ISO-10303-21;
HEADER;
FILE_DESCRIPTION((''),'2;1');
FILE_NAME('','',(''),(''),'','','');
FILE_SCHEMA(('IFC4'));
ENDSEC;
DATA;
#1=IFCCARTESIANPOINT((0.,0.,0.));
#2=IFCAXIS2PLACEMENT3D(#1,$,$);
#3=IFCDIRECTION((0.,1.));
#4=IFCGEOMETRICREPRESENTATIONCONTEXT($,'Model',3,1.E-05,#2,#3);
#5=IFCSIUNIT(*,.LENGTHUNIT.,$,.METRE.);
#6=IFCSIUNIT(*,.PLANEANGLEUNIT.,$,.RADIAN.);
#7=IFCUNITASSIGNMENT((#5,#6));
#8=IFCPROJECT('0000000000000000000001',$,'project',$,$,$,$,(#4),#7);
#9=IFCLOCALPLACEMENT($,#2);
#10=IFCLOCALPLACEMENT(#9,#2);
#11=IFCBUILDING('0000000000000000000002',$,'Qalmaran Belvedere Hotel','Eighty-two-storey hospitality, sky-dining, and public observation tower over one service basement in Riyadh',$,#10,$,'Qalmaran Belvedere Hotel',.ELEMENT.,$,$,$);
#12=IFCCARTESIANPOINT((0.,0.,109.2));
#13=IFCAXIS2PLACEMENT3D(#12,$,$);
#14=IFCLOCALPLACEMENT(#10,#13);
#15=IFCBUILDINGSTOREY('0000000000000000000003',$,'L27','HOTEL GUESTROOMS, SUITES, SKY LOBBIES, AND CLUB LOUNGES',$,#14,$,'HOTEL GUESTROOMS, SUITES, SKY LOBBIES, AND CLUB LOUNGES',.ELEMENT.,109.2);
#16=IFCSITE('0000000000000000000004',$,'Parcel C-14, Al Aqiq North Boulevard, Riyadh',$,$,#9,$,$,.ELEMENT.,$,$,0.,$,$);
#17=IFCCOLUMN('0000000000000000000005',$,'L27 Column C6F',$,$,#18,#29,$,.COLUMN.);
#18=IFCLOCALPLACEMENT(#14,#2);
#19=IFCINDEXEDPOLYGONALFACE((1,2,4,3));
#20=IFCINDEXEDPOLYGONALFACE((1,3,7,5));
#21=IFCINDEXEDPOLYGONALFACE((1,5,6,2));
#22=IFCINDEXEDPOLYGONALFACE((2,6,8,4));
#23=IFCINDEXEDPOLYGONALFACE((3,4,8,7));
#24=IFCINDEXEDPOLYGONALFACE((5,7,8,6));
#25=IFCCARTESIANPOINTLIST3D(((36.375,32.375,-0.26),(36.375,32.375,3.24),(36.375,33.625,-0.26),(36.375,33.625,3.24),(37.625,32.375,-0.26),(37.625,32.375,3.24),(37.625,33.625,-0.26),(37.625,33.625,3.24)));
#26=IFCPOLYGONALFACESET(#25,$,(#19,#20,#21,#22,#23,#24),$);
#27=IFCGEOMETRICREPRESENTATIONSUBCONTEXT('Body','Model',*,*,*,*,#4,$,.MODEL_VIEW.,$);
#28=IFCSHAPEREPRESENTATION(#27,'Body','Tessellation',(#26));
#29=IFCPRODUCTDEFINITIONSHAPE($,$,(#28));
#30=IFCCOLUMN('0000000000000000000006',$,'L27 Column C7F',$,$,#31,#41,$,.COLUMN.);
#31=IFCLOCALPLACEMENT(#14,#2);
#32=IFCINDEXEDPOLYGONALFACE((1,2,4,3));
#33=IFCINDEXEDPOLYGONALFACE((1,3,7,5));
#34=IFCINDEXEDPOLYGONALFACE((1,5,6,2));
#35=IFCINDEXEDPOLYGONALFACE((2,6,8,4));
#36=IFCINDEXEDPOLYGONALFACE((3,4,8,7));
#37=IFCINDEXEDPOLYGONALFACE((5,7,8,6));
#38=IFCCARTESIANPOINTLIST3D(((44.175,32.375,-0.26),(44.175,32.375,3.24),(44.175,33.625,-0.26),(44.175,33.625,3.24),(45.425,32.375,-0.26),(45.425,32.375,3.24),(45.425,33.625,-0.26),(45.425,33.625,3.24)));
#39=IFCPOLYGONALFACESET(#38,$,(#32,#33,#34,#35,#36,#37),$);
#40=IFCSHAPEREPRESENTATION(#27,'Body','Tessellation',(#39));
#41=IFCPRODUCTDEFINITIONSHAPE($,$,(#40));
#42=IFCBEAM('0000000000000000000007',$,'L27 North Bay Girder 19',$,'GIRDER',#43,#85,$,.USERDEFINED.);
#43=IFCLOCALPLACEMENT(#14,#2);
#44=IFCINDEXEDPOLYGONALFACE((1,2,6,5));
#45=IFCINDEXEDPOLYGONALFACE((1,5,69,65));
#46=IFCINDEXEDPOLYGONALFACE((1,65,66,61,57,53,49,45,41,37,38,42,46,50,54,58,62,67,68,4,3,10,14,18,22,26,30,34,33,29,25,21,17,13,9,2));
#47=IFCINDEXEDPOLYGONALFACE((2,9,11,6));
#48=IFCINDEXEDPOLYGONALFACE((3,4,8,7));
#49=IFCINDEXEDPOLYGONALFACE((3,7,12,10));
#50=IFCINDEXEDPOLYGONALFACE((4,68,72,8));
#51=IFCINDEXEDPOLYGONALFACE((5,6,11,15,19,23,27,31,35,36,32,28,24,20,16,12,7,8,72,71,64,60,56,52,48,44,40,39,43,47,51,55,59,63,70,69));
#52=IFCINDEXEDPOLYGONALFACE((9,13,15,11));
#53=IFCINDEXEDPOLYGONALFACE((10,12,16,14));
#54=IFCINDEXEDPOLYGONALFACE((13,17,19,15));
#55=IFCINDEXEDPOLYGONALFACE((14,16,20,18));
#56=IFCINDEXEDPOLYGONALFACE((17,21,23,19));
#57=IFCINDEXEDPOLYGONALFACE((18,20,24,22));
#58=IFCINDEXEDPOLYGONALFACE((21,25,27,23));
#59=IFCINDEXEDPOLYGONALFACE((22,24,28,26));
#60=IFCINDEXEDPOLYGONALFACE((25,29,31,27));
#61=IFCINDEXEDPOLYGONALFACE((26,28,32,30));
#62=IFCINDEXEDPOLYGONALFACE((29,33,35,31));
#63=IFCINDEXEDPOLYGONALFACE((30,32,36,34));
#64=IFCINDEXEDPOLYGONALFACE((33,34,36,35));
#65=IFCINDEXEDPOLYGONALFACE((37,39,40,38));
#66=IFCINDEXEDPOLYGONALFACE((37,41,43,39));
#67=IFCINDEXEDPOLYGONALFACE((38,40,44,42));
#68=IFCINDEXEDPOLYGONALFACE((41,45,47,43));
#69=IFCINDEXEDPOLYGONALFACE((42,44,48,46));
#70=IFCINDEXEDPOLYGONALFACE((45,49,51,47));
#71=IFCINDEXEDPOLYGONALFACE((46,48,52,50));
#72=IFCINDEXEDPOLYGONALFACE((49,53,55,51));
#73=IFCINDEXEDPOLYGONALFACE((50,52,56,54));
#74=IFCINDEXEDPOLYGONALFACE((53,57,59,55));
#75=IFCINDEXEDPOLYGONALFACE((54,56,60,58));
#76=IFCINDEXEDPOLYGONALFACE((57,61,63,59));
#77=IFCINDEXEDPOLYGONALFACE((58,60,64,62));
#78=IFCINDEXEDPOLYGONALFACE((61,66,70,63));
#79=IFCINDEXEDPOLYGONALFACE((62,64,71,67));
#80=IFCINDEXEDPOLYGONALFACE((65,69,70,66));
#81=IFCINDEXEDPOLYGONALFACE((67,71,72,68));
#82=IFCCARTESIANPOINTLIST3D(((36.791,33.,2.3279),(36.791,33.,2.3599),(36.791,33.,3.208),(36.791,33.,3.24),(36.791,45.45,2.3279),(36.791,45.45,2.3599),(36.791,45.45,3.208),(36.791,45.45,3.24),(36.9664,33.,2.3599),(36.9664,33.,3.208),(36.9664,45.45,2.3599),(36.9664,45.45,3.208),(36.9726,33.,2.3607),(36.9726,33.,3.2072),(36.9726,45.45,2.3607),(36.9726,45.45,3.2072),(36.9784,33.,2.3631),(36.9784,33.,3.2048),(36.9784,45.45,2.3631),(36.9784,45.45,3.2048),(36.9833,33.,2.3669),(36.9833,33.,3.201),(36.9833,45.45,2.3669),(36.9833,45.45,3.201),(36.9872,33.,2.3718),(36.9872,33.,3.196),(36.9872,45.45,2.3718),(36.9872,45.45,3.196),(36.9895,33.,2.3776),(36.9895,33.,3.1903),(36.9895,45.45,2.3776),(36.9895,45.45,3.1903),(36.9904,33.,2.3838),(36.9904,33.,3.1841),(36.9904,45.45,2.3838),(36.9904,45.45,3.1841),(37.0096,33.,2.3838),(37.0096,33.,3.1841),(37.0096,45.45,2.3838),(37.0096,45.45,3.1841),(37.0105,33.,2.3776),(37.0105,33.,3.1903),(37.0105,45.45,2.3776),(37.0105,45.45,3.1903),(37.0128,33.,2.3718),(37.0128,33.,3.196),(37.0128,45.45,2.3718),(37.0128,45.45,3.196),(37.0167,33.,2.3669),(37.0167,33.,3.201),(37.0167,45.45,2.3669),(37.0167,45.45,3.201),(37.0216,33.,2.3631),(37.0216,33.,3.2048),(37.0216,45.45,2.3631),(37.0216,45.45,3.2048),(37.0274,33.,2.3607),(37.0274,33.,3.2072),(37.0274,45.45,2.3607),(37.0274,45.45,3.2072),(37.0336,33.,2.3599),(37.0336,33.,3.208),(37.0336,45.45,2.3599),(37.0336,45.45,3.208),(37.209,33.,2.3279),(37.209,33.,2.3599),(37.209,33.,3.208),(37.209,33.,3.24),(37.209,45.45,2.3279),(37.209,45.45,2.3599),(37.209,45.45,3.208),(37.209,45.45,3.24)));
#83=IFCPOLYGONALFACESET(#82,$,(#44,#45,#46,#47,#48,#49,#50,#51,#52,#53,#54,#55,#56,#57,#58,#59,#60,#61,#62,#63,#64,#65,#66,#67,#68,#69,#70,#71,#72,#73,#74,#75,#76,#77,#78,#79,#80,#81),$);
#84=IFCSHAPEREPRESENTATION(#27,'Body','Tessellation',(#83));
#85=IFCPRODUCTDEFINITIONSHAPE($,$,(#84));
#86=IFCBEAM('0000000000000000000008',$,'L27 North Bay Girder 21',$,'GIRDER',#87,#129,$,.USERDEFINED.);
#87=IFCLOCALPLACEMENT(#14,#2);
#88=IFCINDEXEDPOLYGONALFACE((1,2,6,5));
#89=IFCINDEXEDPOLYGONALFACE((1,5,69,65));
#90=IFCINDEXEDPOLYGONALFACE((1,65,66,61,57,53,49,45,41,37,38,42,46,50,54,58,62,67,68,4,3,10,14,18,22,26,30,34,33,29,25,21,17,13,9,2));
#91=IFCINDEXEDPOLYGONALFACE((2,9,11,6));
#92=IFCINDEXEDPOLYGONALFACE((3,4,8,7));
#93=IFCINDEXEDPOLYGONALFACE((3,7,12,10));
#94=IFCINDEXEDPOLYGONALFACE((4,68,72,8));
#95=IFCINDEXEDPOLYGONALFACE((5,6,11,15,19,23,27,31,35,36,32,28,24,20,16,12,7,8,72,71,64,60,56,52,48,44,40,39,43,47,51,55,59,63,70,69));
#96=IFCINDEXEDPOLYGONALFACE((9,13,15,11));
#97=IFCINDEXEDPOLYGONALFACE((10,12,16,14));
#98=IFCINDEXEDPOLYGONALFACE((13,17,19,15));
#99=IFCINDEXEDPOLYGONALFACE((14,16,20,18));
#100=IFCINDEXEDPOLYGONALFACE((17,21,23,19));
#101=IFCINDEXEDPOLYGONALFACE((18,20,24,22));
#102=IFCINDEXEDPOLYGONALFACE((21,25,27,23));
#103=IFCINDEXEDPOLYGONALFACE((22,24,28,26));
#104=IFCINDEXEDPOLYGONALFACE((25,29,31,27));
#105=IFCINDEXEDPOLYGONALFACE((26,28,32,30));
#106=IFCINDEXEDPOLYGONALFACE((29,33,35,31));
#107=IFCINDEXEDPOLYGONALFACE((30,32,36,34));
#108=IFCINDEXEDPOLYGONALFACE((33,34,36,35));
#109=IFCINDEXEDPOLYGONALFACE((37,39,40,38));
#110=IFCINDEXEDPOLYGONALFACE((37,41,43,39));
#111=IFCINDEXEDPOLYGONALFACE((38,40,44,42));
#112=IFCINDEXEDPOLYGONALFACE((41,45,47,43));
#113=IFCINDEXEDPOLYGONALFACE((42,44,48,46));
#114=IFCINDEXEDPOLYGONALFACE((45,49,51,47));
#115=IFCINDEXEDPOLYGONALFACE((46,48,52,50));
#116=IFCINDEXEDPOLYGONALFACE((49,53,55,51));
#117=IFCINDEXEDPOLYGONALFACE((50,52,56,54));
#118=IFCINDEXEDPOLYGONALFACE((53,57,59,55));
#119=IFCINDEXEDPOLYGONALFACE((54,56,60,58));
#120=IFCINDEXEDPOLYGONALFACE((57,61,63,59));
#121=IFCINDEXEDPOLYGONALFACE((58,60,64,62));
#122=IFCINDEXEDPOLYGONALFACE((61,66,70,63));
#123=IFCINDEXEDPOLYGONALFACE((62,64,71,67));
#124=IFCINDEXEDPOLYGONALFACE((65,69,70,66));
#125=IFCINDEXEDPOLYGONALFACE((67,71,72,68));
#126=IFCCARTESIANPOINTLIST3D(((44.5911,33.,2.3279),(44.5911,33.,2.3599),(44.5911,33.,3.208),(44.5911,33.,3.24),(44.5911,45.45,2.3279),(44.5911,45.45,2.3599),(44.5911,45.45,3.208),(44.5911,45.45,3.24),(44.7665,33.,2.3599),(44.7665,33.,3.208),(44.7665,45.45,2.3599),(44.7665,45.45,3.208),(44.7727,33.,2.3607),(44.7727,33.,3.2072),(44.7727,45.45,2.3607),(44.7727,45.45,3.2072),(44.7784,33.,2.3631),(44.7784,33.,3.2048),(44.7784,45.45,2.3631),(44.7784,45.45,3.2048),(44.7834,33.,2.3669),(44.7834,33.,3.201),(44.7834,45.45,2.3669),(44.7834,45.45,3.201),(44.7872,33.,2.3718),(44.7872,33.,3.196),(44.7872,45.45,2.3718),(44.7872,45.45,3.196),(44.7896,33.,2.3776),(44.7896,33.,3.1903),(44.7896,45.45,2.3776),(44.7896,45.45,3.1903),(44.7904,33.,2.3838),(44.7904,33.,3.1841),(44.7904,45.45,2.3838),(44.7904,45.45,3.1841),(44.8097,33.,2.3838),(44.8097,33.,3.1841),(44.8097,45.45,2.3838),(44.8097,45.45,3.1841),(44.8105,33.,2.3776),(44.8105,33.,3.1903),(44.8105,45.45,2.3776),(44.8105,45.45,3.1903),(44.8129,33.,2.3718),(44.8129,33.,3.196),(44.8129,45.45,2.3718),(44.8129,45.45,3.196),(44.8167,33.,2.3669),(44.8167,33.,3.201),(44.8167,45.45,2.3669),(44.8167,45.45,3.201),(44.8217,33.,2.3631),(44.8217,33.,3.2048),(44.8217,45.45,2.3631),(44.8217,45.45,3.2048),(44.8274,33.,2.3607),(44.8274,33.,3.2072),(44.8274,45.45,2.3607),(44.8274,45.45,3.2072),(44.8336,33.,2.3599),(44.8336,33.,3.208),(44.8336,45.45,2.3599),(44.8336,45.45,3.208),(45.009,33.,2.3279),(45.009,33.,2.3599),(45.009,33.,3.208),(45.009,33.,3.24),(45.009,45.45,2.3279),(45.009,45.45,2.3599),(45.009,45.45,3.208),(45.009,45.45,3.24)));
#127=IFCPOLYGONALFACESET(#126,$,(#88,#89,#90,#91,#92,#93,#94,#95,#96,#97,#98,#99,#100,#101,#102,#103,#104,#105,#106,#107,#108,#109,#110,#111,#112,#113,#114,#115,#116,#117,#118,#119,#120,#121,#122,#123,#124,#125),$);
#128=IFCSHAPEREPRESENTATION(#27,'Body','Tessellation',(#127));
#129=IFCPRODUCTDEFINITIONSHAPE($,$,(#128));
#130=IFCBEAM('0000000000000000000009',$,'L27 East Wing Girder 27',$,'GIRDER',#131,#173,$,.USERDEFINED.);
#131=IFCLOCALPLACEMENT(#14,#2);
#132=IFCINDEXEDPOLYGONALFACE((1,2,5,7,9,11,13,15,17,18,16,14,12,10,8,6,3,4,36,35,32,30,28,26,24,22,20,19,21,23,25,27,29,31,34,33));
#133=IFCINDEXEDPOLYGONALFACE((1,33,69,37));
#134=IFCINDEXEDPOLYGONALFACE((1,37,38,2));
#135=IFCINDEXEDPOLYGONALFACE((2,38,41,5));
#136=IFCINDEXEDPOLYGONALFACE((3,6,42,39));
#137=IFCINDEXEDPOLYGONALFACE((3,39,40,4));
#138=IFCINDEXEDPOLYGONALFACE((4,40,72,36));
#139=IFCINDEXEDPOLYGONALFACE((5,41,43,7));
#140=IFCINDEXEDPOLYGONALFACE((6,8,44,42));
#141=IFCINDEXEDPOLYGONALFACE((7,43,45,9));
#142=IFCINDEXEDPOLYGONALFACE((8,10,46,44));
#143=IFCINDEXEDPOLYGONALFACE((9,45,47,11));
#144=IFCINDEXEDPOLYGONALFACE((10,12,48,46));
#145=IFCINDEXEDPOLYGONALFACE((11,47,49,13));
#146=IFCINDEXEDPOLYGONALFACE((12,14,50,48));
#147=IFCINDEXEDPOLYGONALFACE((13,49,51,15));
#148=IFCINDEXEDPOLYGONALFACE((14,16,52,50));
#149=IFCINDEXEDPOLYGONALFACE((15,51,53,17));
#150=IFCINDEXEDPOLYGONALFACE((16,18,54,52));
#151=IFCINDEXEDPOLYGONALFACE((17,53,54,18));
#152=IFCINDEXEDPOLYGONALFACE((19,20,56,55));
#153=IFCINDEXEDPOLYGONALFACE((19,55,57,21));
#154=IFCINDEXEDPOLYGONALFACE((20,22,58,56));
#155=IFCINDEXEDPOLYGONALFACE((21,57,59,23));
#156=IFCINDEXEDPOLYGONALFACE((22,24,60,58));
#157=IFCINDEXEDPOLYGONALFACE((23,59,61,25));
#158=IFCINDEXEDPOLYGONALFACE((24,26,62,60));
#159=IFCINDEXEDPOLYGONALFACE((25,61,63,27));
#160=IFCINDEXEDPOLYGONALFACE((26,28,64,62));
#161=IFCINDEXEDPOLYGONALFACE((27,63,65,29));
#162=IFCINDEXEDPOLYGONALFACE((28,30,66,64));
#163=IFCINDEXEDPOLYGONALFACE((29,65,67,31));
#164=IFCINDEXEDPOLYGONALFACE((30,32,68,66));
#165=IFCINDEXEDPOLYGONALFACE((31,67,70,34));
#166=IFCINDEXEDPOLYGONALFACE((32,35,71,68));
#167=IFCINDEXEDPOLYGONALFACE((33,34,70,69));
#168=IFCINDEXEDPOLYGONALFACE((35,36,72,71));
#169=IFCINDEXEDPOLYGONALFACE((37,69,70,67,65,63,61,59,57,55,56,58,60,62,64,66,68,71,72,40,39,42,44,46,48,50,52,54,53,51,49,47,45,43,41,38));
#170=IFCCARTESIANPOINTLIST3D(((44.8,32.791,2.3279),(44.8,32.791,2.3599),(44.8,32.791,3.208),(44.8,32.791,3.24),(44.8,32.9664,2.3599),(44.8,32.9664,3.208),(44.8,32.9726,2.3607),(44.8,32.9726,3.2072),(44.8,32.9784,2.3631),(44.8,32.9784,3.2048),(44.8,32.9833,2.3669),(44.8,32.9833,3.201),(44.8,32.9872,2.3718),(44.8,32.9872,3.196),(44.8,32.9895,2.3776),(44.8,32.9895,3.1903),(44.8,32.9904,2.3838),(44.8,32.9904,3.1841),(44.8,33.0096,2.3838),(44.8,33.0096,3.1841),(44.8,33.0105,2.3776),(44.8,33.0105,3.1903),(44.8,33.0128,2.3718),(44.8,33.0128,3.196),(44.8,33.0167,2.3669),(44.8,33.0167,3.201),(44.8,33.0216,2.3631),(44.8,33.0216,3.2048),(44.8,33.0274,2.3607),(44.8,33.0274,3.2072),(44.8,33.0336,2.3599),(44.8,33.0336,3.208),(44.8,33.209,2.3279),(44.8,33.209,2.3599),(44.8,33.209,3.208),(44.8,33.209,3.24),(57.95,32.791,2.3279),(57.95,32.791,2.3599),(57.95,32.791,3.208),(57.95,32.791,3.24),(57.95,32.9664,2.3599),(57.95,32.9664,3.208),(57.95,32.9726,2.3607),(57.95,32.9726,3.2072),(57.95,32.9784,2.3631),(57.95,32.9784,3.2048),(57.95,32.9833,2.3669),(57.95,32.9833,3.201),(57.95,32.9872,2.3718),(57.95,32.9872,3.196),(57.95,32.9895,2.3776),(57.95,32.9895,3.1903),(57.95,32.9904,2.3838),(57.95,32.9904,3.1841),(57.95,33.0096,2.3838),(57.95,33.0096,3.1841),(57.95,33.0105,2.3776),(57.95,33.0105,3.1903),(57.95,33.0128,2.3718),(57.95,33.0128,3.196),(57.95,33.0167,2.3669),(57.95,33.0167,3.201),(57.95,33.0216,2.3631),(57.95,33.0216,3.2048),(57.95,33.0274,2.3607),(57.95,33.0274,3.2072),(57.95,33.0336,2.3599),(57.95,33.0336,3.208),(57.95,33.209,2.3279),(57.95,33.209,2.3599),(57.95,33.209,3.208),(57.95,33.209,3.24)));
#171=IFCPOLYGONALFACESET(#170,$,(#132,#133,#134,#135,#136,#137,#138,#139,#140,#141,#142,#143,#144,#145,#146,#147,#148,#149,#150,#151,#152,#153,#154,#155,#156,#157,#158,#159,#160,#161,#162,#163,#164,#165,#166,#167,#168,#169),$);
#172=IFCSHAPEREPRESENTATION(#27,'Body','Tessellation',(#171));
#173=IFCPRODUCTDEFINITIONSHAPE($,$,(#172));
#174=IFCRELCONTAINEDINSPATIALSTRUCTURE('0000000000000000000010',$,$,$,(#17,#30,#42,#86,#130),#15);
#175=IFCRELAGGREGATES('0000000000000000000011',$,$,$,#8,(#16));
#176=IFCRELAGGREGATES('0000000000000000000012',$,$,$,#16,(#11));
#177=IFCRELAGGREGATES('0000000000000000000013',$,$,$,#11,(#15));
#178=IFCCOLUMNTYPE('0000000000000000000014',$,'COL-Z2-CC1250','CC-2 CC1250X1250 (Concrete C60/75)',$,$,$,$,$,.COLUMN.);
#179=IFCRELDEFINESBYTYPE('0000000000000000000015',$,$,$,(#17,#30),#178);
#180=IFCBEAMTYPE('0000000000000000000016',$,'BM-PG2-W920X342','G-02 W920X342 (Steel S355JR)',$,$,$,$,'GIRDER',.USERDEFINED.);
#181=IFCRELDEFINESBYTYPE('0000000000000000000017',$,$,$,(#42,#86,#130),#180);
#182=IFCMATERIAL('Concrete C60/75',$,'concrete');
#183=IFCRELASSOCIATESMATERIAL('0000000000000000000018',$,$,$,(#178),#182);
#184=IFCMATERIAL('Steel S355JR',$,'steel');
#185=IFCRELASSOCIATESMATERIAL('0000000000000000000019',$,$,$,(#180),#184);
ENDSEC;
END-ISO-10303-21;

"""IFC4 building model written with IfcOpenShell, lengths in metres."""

from ifc_helpers import new_model, si_unit, direction, frame, origin, origin_2d, place, context, subcontext, project, spatial, rectangle, i_section, extrude, material, material_profile, profile_set, type_object, element, save


model = new_model("IFC4")

# Units and contexts
model_context = context("Model", 3, precision=1e-05, world=origin(), true_north=direction((0.0, 1.0)))
body_context = subcontext(model_context, "Body", "Model", "MODEL_VIEW")
ifc_project = project(units=[si_unit("LENGTHUNIT", "METRE"), si_unit("PLANEANGLEUNIT", "RADIAN")], contexts=[model_context])

# Site, building, storey
site_placement = place(None, origin())
site = spatial("IfcSite", under=ifc_project, at=site_placement, Name="Parcel C-14, Al Aqiq North Boulevard, Riyadh", CompositionType="ELEMENT", RefElevation=0.0)
building_placement = place(site_placement, origin())
building = spatial("IfcBuilding", under=site, at=building_placement, Name="Qalmaran Belvedere Hotel", Description="Eighty-two-storey hospitality, sky-dining, and public observation tower over one service basement in Riyadh", LongName="Qalmaran Belvedere Hotel", CompositionType="ELEMENT")
storey_placement = place(building_placement, frame((0.0, 0.0, 109.2)))
storey = spatial("IfcBuildingStorey", under=building, at=storey_placement, Name="L27", Description="HOTEL GUESTROOMS, SUITES, SKY LOBBIES, AND CLUB LOUNGES", LongName="HOTEL GUESTROOMS, SUITES, SKY LOBBIES, AND CLUB LOUNGES", CompositionType="ELEMENT", Elevation=109.2)

# Columns
ifc_material_1 = material(Name="Concrete C60/75", Category="concrete")
ifc_material_profile_1 = material_profile(ifc_material_1, rectangle(XDim=1.25, YDim=1.25, at=origin_2d()), Name="CC1250X1250")
ifc_profile_set_1 = profile_set([ifc_material_profile_1], Name="Concrete C60/75")
column_type = type_object("IfcColumnType", Name="COL-Z2-CC1250", Description="CC-2 CC1250X1250 (Concrete C60/75)", PredefinedType="COLUMN", material=ifc_profile_set_1)
for number, where, z_axis, x_axis, name in (
    (1, (37.0, 33.0, -0.26), (0.0, 0.0, 1.0), (1.0, 0.0, 0.0), "L27 Column C6F"),
    (2, (44.8, 33.0, -0.26), (0.0, 0.0, 1.0), (1.0, 0.0, 0.0), "L27 Column C7F"),
):
    element("IfcColumn", number, at=place(storey_placement, frame(where, z_axis=z_axis, x_axis=x_axis)), inside=storey, type_object=column_type, Name=name, PredefinedType="COLUMN", context=body_context, shape_type="SweptSolid", body=[
        extrude(rectangle(XDim=1.25, YDim=1.25, at=origin_2d()), origin(), (0.0, 0.0, 1.0), 3.5),
    ])

# Beams
ifc_material_2 = material(Name="Steel S355JR", Category="steel")
ifc_material_profile_2 = material_profile(ifc_material_2, i_section(OverallWidth=0.418, OverallDepth=0.9121, WebThickness=0.0193, FlangeThickness=0.032, FilletRadius=0.0239, at=origin_2d()), Name="W920X342")
ifc_profile_set_2 = profile_set([ifc_material_profile_2], Name="Steel S355JR")
beam_type_1 = type_object("IfcBeamType", Name="BM-PG2-W920X342", Description="G-02 W920X342 (Steel S355JR)", ElementType="GIRDER", PredefinedType="USERDEFINED", material=ifc_profile_set_2)
for number, where, z_axis, x_axis, name in (
    (3, (37.0, 33.0, 2.7839), (0.0, 1.0, 0.0), (-1.0, 0.0, 0.0), "L27 North Bay Girder 19"),
    (4, (44.8, 33.0, 2.7839), (0.0, 1.0, 0.0), (-1.0, 0.0, 0.0), "L27 North Bay Girder 21"),
):
    element("IfcBeam", number, at=place(storey_placement, frame(where, z_axis=z_axis, x_axis=x_axis)), inside=storey, type_object=beam_type_1, Name=name, ObjectType="GIRDER", PredefinedType="USERDEFINED", context=body_context, shape_type="SweptSolid", body=[
        extrude(i_section(OverallWidth=0.418, OverallDepth=0.9121, WebThickness=0.0193, FlangeThickness=0.032, FilletRadius=0.0239, at=origin_2d()), origin(), (0.0, 0.0, 1.0), 12.45),
    ])
beam_1_placement = place(storey_placement, frame((44.8, 33.0, 2.7839), z_axis=(1.0, 0.0, 0.0), x_axis=(0.0, 1.0, 0.0)))
element("IfcBeam", 5, at=beam_1_placement, inside=storey, type_object=beam_type_1, Name="L27 East Wing Girder 27", ObjectType="GIRDER", PredefinedType="USERDEFINED", context=body_context, shape_type="SweptSolid", body=[
    extrude(i_section(OverallWidth=0.418, OverallDepth=0.9121, WebThickness=0.0193, FlangeThickness=0.032, FilletRadius=0.0239, at=origin_2d()), origin(), (0.0, 0.0, 1.0), 13.1499),
])

save(model, "model.ifc")
